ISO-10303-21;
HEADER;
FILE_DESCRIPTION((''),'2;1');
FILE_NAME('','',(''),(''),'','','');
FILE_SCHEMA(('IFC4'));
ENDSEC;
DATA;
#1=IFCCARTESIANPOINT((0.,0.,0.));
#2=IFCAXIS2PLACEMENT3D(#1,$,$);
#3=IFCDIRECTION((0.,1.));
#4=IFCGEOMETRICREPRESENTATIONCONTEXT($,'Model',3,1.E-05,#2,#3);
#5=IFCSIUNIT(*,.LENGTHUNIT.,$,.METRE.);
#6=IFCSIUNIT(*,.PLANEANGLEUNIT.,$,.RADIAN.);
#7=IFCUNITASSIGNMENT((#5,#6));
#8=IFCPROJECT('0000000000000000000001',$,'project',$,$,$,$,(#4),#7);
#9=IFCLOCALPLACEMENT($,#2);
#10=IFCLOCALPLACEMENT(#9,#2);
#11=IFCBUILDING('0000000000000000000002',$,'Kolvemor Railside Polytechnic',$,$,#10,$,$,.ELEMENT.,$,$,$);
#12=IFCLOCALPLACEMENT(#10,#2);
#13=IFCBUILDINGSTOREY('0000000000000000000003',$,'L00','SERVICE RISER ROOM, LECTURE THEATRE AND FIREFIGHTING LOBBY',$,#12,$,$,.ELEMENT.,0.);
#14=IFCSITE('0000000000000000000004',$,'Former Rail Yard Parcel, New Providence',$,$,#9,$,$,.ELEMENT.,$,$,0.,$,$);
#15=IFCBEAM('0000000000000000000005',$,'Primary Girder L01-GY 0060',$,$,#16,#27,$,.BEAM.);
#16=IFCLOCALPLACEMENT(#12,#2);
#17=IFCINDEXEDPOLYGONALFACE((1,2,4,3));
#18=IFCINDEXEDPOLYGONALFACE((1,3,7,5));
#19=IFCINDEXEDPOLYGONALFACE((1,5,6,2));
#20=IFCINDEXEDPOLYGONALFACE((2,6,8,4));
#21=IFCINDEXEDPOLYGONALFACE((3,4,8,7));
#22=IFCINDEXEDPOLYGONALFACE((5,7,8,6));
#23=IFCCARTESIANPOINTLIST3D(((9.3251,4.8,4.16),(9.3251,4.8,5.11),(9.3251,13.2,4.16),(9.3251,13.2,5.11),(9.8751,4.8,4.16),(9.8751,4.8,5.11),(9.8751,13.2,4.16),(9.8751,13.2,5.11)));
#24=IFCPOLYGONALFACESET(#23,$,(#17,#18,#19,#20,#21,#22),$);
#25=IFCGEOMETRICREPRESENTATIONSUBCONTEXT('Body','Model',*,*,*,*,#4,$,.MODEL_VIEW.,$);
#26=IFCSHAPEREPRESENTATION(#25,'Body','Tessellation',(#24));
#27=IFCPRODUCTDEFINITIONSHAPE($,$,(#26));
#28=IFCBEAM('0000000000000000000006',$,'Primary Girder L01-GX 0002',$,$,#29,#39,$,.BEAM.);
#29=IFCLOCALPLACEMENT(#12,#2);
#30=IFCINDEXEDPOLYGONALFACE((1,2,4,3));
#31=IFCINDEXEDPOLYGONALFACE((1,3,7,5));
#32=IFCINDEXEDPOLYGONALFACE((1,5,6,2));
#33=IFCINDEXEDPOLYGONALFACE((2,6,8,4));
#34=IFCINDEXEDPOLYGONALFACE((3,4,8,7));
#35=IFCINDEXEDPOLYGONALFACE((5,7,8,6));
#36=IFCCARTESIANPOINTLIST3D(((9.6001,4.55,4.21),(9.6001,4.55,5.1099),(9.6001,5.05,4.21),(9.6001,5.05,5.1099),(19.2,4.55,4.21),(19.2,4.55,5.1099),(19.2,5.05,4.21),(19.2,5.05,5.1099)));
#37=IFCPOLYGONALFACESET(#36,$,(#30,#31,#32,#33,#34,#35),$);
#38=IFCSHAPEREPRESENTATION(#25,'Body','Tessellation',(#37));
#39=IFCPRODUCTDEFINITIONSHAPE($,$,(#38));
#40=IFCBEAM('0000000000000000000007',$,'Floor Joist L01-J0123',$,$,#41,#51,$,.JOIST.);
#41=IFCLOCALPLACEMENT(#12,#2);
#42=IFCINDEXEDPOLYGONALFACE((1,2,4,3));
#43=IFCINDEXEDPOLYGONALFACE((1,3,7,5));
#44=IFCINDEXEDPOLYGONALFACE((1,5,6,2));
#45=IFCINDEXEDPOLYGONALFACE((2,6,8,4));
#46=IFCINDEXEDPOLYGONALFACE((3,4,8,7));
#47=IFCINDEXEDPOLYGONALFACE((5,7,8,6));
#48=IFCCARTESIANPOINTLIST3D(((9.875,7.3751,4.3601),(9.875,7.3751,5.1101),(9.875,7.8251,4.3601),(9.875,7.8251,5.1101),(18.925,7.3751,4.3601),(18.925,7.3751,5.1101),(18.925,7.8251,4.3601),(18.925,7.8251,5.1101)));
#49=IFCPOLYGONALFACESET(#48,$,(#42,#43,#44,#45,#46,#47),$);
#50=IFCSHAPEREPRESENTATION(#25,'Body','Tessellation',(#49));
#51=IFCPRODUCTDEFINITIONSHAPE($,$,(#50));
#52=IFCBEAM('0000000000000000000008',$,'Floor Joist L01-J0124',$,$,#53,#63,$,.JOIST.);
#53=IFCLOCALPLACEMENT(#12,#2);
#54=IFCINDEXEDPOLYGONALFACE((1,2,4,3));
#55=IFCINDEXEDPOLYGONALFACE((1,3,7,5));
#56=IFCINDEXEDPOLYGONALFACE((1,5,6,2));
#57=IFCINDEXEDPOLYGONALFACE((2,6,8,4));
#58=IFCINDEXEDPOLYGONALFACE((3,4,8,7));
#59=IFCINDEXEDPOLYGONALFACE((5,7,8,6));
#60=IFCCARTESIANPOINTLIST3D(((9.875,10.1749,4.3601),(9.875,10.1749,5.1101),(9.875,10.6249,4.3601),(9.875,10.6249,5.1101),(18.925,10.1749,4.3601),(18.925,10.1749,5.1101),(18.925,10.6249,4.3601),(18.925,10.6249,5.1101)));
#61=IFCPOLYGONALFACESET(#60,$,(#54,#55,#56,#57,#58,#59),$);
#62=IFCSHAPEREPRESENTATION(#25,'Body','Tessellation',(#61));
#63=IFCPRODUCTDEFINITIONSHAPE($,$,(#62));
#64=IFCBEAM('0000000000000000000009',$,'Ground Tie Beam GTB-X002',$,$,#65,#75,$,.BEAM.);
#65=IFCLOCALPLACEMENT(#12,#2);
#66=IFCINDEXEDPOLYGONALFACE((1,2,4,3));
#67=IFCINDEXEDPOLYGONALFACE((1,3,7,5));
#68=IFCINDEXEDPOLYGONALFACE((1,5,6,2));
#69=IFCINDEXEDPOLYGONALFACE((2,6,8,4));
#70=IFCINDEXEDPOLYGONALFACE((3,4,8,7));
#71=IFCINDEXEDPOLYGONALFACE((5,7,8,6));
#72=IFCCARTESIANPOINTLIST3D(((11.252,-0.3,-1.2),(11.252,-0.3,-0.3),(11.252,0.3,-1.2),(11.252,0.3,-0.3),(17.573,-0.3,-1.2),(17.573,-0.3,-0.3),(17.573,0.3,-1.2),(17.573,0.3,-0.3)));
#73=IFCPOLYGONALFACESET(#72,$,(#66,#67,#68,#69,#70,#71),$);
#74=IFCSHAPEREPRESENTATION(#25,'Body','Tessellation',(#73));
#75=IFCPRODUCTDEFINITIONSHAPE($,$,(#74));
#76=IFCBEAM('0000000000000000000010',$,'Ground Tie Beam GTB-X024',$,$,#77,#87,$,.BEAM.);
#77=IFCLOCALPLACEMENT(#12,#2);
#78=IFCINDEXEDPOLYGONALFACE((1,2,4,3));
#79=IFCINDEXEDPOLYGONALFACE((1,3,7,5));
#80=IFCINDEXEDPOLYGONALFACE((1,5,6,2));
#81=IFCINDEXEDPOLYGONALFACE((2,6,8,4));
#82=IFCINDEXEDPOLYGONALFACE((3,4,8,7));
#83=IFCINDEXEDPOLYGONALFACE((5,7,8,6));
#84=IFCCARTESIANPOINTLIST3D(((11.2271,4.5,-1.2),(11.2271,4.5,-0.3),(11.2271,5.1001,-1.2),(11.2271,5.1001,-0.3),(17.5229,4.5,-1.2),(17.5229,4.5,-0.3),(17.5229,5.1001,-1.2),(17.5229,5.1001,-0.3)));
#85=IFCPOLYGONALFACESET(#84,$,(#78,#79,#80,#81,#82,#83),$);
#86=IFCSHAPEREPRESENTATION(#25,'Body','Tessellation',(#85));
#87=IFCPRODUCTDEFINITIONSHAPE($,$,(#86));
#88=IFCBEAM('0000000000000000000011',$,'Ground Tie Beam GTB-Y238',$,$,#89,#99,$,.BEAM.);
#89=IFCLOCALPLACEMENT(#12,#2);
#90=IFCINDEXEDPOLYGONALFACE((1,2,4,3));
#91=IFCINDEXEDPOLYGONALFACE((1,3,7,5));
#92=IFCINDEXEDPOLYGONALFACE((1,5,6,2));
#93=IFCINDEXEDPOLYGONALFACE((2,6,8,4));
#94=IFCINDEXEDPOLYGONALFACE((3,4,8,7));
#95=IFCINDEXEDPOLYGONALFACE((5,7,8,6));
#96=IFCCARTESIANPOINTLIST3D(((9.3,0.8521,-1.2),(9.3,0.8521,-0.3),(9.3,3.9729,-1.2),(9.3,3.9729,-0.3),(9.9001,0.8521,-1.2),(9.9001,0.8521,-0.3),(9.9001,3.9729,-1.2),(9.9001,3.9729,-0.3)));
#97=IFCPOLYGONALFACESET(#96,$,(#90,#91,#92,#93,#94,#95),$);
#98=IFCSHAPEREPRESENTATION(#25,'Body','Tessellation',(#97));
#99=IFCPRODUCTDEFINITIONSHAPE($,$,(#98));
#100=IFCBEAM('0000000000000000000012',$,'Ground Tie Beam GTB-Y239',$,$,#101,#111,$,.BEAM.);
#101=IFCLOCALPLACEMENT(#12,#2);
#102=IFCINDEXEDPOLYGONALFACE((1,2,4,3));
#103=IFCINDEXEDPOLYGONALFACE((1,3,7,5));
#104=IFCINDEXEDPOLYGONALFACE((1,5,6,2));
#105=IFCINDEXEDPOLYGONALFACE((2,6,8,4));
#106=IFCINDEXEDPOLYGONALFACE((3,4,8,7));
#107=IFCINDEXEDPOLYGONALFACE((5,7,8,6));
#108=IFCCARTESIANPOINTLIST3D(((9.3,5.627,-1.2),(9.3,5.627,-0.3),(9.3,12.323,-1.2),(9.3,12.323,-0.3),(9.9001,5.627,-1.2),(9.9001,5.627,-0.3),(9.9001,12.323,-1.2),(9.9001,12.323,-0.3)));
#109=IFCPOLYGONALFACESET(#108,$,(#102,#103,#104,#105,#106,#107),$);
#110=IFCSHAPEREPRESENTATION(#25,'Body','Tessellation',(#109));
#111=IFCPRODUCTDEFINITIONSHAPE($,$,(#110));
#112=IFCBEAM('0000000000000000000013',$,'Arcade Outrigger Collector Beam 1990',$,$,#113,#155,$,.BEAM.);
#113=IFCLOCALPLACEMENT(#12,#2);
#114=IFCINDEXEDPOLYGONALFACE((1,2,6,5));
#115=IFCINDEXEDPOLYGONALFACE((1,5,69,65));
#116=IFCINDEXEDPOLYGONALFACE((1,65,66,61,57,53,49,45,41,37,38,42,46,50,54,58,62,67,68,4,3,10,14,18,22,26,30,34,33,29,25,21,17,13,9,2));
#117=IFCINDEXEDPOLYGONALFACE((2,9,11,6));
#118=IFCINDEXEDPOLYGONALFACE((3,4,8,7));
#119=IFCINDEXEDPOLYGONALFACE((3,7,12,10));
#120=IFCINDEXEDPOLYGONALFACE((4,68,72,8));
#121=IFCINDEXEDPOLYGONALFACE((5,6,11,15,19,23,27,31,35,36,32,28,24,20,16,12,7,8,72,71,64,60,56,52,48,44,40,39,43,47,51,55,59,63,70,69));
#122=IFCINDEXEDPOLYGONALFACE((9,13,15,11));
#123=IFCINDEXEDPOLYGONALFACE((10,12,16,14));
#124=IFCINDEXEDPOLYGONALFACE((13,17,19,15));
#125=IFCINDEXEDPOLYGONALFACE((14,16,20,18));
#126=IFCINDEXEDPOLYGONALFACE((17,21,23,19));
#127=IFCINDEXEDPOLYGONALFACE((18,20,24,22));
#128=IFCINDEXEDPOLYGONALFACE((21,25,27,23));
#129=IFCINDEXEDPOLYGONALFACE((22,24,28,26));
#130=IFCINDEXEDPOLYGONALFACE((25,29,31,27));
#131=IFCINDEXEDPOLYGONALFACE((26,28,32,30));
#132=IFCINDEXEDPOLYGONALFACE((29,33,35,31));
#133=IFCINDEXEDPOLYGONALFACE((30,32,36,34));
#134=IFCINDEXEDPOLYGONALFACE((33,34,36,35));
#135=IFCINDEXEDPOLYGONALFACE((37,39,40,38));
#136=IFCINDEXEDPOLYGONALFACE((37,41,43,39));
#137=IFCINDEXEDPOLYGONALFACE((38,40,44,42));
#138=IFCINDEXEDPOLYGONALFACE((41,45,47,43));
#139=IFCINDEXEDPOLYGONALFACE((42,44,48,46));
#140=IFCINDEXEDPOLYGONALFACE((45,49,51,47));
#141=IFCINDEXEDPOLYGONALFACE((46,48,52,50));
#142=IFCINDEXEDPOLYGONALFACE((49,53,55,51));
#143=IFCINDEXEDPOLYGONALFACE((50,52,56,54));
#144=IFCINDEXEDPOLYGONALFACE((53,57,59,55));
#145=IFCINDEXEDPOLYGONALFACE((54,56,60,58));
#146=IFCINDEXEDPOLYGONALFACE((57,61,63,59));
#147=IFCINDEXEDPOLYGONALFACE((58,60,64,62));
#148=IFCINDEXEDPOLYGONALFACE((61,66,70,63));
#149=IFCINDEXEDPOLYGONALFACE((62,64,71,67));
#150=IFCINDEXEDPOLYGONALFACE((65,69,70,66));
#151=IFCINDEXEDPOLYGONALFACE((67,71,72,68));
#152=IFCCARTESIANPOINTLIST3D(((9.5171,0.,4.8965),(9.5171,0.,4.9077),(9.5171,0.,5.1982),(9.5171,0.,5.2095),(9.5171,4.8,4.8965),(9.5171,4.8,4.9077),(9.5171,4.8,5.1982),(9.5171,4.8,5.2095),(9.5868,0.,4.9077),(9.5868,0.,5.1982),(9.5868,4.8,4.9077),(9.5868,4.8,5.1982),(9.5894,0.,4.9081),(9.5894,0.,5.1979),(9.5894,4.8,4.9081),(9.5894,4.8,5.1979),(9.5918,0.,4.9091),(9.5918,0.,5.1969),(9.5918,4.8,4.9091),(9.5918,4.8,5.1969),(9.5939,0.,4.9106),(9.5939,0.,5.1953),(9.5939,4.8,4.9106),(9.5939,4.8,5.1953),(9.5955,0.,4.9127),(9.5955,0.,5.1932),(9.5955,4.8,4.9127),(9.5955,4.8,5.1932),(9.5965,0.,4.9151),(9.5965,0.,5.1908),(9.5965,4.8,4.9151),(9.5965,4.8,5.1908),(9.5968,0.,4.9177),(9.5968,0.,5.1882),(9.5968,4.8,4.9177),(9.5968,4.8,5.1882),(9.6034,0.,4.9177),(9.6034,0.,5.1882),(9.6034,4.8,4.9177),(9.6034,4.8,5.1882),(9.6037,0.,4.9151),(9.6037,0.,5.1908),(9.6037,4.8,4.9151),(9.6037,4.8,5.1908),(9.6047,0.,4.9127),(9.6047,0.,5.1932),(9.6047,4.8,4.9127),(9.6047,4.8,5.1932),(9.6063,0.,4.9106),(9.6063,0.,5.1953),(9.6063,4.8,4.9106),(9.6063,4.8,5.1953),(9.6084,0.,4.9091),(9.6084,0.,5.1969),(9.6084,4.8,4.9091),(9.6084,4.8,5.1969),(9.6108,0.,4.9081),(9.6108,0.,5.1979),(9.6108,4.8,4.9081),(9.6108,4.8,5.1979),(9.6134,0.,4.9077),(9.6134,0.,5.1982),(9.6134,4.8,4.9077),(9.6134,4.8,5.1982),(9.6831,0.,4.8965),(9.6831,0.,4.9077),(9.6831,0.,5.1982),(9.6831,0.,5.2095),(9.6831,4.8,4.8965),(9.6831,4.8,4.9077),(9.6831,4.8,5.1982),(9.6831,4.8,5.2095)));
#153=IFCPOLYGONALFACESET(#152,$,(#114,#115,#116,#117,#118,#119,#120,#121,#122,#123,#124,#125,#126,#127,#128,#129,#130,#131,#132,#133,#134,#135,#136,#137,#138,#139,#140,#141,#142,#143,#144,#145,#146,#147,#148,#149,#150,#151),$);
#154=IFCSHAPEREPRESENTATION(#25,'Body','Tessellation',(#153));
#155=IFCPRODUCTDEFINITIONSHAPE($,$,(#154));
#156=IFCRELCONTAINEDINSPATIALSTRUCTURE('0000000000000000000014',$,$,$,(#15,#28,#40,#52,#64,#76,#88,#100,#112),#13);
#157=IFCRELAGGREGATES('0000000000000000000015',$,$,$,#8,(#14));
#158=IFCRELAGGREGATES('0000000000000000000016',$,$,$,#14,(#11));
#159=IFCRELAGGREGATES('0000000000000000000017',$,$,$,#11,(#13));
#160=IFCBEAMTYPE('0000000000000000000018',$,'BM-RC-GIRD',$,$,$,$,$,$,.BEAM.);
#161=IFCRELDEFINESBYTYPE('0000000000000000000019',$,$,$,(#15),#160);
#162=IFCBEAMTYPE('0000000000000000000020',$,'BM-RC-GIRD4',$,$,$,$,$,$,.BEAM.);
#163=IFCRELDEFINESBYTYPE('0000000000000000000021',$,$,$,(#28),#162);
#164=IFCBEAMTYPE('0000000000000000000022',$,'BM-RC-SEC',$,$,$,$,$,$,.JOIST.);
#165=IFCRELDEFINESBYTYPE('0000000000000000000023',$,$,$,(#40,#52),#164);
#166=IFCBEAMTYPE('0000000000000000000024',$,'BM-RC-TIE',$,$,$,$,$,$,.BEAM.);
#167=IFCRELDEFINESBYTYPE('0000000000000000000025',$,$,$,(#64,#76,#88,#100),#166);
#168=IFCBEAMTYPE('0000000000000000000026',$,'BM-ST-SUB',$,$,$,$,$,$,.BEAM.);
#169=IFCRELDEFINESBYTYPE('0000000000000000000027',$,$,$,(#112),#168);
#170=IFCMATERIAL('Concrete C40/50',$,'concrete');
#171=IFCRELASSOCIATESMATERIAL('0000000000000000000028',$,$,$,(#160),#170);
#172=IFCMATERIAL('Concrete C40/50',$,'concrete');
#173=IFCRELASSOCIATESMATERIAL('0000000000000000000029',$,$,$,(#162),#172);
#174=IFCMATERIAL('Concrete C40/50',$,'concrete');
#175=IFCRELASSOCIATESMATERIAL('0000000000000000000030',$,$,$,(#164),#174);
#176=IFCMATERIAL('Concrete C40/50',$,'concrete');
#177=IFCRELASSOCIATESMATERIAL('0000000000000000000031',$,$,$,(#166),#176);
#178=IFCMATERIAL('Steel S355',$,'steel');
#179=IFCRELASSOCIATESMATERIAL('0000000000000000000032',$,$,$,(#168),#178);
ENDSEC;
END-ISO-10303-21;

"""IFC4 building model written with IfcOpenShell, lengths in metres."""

from ifc_helpers import new_model, si_unit, direction, frame, origin, origin_2d, place, context, subcontext, project, spatial, rectangle, i_section, extrude, material, material_profile, profile_set, type_object, element, save


model = new_model("IFC4")

# Units and contexts
model_context = context("Model", 3, precision=1e-05, world=origin(), true_north=direction((0.0, 1.0)))
body_context = subcontext(model_context, "Body", "Model", "MODEL_VIEW")
ifc_project = project(units=[si_unit("LENGTHUNIT", "METRE"), si_unit("PLANEANGLEUNIT", "RADIAN")], contexts=[model_context])

# Site, building, storey
site_placement = place(None, origin())
site = spatial("IfcSite", under=ifc_project, at=site_placement, Name="Former Rail Yard Parcel, New Providence", CompositionType="ELEMENT", RefElevation=0.0)
building_placement = place(site_placement, origin())
building = spatial("IfcBuilding", under=site, at=building_placement, Name="Kolvemor Railside Polytechnic", CompositionType="ELEMENT")
storey_placement = place(building_placement, origin())
storey = spatial("IfcBuildingStorey", under=building, at=storey_placement, Name="L00", Description="SERVICE RISER ROOM, LECTURE THEATRE AND FIREFIGHTING LOBBY", CompositionType="ELEMENT", Elevation=0.0)

# Beams
ifc_material_1 = material(Name="Concrete C40/50", Category="concrete")
ifc_material_profile_1 = material_profile(ifc_material_1, rectangle(XDim=0.55, YDim=0.95, at=origin_2d()), Name="RC550x950")
ifc_profile_set_1 = profile_set([ifc_material_profile_1], Name="Concrete C40/50")
beam_type_1 = type_object("IfcBeamType", Name="BM-RC-GIRD", PredefinedType="BEAM", material=ifc_profile_set_1)
beam_1_placement = place(storey_placement, frame((9.6001, 4.8, 4.635), z_axis=(0.0, 1.0, 0.0), x_axis=(-1.0, 0.0, 0.0)))
element("IfcBeam", 1, at=beam_1_placement, inside=storey, type_object=beam_type_1, Name="Primary Girder L01-GY 0060", PredefinedType="BEAM", context=body_context, shape_type="SweptSolid", body=[
    extrude(rectangle(XDim=0.55, YDim=0.95, at=origin_2d()), origin(), (0.0, 0.0, 1.0), 8.3999),
])
ifc_material_2 = material(Name="Concrete C40/50", Category="concrete")
ifc_material_profile_2 = material_profile(ifc_material_2, rectangle(XDim=0.5, YDim=0.8999, at=origin_2d()), Name="RC500x900")
ifc_profile_set_2 = profile_set([ifc_material_profile_2], Name="Concrete C40/50")
beam_type_2 = type_object("IfcBeamType", Name="BM-RC-GIRD4", PredefinedType="BEAM", material=ifc_profile_set_2)
beam_2_placement = place(storey_placement, frame((9.6001, 4.8, 4.6599), z_axis=(1.0, 0.0, 0.0), x_axis=(0.0, 1.0, 0.0)))
element("IfcBeam", 2, at=beam_2_placement, inside=storey, type_object=beam_type_2, Name="Primary Girder L01-GX 0002", PredefinedType="BEAM", context=body_context, shape_type="SweptSolid", body=[
    extrude(rectangle(XDim=0.5, YDim=0.8999, at=origin_2d()), origin(), (0.0, 0.0, 1.0), 9.5999),
])
ifc_material_3 = material(Name="Concrete C40/50", Category="concrete")
ifc_material_profile_3 = material_profile(ifc_material_3, rectangle(XDim=0.45, YDim=0.75, at=origin_2d()), Name="RC450x750")
ifc_profile_set_3 = profile_set([ifc_material_profile_3], Name="Concrete C40/50")
beam_type_3 = type_object("IfcBeamType", Name="BM-RC-SEC", PredefinedType="JOIST", material=ifc_profile_set_3)
for number, where, z_axis, x_axis, name in (
    (3, (9.875, 7.6001, 4.7351), (1.0, 0.0, 0.0), (0.0, 1.0, 0.0), "Floor Joist L01-J0123"),
    (4, (9.875, 10.3999, 4.7351), (1.0, 0.0, 0.0), (0.0, 1.0, 0.0), "Floor Joist L01-J0124"),
):
    element("IfcBeam", number, at=place(storey_placement, frame(where, z_axis=z_axis, x_axis=x_axis)), inside=storey, type_object=beam_type_3, Name=name, PredefinedType="JOIST", context=body_context, shape_type="SweptSolid", body=[
        extrude(rectangle(XDim=0.45, YDim=0.75, at=origin_2d()), origin(), (0.0, 0.0, 1.0), 9.05),
    ])
ifc_material_4 = material(Name="Concrete C40/50", Category="concrete")
ifc_material_profile_4 = material_profile(ifc_material_4, rectangle(XDim=0.6001, YDim=0.8999, at=origin_2d()), Name="RC600x900")
ifc_profile_set_4 = profile_set([ifc_material_profile_4], Name="Concrete C40/50")
beam_type_4 = type_object("IfcBeamType", Name="BM-RC-TIE", PredefinedType="BEAM", material=ifc_profile_set_4)
beam_3_placement = place(storey_placement, frame((11.252, 0.0, -0.75), z_axis=(1.0, 0.0, 0.0), x_axis=(0.0, 1.0, 0.0)))
element("IfcBeam", 5, at=beam_3_placement, inside=storey, type_object=beam_type_4, Name="Ground Tie Beam GTB-X002", PredefinedType="BEAM", context=body_context, shape_type="SweptSolid", body=[
    extrude(rectangle(XDim=0.6001, YDim=0.8999, at=origin_2d()), origin(), (0.0, 0.0, 1.0), 6.321),
])
beam_4_placement = place(storey_placement, frame((11.2271, 4.8, -0.75), z_axis=(1.0, 0.0, 0.0), x_axis=(0.0, 1.0, 0.0)))
element("IfcBeam", 6, at=beam_4_placement, inside=storey, type_object=beam_type_4, Name="Ground Tie Beam GTB-X024", PredefinedType="BEAM", context=body_context, shape_type="SweptSolid", body=[
    extrude(rectangle(XDim=0.6001, YDim=0.8999, at=origin_2d()), origin(), (0.0, 0.0, 1.0), 6.2959),
])
beam_5_placement = place(storey_placement, frame((9.6001, 0.8521, -0.75), z_axis=(0.0, 1.0, 0.0), x_axis=(-1.0, 0.0, 0.0)))
element("IfcBeam", 7, at=beam_5_placement, inside=storey, type_object=beam_type_4, Name="Ground Tie Beam GTB-Y238", PredefinedType="BEAM", context=body_context, shape_type="SweptSolid", body=[
    extrude(rectangle(XDim=0.6001, YDim=0.8999, at=origin_2d()), origin(), (0.0, 0.0, 1.0), 3.1208),
])
beam_6_placement = place(storey_placement, frame((9.6001, 5.627, -0.75), z_axis=(0.0, 1.0, 0.0), x_axis=(-1.0, 0.0, 0.0)))
element("IfcBeam", 8, at=beam_6_placement, inside=storey, type_object=beam_type_4, Name="Ground Tie Beam GTB-Y239", PredefinedType="BEAM", context=body_context, shape_type="SweptSolid", body=[
    extrude(rectangle(XDim=0.6001, YDim=0.8999, at=origin_2d()), origin(), (0.0, 0.0, 1.0), 6.696),
])
ifc_material_5 = material(Name="Steel S355", Category="steel")
ifc_material_profile_5 = material_profile(ifc_material_5, i_section(OverallWidth=0.166, OverallDepth=0.313, WebThickness=0.0066, FlangeThickness=0.0112, FilletRadius=0.01, at=origin_2d()), Name="W310x45")
ifc_profile_set_5 = profile_set([ifc_material_profile_5], Name="Steel S355")
beam_type_5 = type_object("IfcBeamType", Name="BM-ST-SUB", PredefinedType="BEAM", material=ifc_profile_set_5)
beam_7_placement = place(storey_placement, frame((9.6001, 0.0, 5.053), z_axis=(0.0, 1.0, 0.0), x_axis=(-1.0, 0.0, 0.0)))
element("IfcBeam", 9, at=beam_7_placement, inside=storey, type_object=beam_type_5, Name="Arcade Outrigger Collector Beam 1990", PredefinedType="BEAM", context=body_context, shape_type="SweptSolid", body=[
    extrude(i_section(OverallWidth=0.166, OverallDepth=0.313, WebThickness=0.0066, FlangeThickness=0.0112, FilletRadius=0.01, at=origin_2d()), origin(), (0.0, 0.0, 1.0), 4.8),
])

save(model, "model.ifc")
